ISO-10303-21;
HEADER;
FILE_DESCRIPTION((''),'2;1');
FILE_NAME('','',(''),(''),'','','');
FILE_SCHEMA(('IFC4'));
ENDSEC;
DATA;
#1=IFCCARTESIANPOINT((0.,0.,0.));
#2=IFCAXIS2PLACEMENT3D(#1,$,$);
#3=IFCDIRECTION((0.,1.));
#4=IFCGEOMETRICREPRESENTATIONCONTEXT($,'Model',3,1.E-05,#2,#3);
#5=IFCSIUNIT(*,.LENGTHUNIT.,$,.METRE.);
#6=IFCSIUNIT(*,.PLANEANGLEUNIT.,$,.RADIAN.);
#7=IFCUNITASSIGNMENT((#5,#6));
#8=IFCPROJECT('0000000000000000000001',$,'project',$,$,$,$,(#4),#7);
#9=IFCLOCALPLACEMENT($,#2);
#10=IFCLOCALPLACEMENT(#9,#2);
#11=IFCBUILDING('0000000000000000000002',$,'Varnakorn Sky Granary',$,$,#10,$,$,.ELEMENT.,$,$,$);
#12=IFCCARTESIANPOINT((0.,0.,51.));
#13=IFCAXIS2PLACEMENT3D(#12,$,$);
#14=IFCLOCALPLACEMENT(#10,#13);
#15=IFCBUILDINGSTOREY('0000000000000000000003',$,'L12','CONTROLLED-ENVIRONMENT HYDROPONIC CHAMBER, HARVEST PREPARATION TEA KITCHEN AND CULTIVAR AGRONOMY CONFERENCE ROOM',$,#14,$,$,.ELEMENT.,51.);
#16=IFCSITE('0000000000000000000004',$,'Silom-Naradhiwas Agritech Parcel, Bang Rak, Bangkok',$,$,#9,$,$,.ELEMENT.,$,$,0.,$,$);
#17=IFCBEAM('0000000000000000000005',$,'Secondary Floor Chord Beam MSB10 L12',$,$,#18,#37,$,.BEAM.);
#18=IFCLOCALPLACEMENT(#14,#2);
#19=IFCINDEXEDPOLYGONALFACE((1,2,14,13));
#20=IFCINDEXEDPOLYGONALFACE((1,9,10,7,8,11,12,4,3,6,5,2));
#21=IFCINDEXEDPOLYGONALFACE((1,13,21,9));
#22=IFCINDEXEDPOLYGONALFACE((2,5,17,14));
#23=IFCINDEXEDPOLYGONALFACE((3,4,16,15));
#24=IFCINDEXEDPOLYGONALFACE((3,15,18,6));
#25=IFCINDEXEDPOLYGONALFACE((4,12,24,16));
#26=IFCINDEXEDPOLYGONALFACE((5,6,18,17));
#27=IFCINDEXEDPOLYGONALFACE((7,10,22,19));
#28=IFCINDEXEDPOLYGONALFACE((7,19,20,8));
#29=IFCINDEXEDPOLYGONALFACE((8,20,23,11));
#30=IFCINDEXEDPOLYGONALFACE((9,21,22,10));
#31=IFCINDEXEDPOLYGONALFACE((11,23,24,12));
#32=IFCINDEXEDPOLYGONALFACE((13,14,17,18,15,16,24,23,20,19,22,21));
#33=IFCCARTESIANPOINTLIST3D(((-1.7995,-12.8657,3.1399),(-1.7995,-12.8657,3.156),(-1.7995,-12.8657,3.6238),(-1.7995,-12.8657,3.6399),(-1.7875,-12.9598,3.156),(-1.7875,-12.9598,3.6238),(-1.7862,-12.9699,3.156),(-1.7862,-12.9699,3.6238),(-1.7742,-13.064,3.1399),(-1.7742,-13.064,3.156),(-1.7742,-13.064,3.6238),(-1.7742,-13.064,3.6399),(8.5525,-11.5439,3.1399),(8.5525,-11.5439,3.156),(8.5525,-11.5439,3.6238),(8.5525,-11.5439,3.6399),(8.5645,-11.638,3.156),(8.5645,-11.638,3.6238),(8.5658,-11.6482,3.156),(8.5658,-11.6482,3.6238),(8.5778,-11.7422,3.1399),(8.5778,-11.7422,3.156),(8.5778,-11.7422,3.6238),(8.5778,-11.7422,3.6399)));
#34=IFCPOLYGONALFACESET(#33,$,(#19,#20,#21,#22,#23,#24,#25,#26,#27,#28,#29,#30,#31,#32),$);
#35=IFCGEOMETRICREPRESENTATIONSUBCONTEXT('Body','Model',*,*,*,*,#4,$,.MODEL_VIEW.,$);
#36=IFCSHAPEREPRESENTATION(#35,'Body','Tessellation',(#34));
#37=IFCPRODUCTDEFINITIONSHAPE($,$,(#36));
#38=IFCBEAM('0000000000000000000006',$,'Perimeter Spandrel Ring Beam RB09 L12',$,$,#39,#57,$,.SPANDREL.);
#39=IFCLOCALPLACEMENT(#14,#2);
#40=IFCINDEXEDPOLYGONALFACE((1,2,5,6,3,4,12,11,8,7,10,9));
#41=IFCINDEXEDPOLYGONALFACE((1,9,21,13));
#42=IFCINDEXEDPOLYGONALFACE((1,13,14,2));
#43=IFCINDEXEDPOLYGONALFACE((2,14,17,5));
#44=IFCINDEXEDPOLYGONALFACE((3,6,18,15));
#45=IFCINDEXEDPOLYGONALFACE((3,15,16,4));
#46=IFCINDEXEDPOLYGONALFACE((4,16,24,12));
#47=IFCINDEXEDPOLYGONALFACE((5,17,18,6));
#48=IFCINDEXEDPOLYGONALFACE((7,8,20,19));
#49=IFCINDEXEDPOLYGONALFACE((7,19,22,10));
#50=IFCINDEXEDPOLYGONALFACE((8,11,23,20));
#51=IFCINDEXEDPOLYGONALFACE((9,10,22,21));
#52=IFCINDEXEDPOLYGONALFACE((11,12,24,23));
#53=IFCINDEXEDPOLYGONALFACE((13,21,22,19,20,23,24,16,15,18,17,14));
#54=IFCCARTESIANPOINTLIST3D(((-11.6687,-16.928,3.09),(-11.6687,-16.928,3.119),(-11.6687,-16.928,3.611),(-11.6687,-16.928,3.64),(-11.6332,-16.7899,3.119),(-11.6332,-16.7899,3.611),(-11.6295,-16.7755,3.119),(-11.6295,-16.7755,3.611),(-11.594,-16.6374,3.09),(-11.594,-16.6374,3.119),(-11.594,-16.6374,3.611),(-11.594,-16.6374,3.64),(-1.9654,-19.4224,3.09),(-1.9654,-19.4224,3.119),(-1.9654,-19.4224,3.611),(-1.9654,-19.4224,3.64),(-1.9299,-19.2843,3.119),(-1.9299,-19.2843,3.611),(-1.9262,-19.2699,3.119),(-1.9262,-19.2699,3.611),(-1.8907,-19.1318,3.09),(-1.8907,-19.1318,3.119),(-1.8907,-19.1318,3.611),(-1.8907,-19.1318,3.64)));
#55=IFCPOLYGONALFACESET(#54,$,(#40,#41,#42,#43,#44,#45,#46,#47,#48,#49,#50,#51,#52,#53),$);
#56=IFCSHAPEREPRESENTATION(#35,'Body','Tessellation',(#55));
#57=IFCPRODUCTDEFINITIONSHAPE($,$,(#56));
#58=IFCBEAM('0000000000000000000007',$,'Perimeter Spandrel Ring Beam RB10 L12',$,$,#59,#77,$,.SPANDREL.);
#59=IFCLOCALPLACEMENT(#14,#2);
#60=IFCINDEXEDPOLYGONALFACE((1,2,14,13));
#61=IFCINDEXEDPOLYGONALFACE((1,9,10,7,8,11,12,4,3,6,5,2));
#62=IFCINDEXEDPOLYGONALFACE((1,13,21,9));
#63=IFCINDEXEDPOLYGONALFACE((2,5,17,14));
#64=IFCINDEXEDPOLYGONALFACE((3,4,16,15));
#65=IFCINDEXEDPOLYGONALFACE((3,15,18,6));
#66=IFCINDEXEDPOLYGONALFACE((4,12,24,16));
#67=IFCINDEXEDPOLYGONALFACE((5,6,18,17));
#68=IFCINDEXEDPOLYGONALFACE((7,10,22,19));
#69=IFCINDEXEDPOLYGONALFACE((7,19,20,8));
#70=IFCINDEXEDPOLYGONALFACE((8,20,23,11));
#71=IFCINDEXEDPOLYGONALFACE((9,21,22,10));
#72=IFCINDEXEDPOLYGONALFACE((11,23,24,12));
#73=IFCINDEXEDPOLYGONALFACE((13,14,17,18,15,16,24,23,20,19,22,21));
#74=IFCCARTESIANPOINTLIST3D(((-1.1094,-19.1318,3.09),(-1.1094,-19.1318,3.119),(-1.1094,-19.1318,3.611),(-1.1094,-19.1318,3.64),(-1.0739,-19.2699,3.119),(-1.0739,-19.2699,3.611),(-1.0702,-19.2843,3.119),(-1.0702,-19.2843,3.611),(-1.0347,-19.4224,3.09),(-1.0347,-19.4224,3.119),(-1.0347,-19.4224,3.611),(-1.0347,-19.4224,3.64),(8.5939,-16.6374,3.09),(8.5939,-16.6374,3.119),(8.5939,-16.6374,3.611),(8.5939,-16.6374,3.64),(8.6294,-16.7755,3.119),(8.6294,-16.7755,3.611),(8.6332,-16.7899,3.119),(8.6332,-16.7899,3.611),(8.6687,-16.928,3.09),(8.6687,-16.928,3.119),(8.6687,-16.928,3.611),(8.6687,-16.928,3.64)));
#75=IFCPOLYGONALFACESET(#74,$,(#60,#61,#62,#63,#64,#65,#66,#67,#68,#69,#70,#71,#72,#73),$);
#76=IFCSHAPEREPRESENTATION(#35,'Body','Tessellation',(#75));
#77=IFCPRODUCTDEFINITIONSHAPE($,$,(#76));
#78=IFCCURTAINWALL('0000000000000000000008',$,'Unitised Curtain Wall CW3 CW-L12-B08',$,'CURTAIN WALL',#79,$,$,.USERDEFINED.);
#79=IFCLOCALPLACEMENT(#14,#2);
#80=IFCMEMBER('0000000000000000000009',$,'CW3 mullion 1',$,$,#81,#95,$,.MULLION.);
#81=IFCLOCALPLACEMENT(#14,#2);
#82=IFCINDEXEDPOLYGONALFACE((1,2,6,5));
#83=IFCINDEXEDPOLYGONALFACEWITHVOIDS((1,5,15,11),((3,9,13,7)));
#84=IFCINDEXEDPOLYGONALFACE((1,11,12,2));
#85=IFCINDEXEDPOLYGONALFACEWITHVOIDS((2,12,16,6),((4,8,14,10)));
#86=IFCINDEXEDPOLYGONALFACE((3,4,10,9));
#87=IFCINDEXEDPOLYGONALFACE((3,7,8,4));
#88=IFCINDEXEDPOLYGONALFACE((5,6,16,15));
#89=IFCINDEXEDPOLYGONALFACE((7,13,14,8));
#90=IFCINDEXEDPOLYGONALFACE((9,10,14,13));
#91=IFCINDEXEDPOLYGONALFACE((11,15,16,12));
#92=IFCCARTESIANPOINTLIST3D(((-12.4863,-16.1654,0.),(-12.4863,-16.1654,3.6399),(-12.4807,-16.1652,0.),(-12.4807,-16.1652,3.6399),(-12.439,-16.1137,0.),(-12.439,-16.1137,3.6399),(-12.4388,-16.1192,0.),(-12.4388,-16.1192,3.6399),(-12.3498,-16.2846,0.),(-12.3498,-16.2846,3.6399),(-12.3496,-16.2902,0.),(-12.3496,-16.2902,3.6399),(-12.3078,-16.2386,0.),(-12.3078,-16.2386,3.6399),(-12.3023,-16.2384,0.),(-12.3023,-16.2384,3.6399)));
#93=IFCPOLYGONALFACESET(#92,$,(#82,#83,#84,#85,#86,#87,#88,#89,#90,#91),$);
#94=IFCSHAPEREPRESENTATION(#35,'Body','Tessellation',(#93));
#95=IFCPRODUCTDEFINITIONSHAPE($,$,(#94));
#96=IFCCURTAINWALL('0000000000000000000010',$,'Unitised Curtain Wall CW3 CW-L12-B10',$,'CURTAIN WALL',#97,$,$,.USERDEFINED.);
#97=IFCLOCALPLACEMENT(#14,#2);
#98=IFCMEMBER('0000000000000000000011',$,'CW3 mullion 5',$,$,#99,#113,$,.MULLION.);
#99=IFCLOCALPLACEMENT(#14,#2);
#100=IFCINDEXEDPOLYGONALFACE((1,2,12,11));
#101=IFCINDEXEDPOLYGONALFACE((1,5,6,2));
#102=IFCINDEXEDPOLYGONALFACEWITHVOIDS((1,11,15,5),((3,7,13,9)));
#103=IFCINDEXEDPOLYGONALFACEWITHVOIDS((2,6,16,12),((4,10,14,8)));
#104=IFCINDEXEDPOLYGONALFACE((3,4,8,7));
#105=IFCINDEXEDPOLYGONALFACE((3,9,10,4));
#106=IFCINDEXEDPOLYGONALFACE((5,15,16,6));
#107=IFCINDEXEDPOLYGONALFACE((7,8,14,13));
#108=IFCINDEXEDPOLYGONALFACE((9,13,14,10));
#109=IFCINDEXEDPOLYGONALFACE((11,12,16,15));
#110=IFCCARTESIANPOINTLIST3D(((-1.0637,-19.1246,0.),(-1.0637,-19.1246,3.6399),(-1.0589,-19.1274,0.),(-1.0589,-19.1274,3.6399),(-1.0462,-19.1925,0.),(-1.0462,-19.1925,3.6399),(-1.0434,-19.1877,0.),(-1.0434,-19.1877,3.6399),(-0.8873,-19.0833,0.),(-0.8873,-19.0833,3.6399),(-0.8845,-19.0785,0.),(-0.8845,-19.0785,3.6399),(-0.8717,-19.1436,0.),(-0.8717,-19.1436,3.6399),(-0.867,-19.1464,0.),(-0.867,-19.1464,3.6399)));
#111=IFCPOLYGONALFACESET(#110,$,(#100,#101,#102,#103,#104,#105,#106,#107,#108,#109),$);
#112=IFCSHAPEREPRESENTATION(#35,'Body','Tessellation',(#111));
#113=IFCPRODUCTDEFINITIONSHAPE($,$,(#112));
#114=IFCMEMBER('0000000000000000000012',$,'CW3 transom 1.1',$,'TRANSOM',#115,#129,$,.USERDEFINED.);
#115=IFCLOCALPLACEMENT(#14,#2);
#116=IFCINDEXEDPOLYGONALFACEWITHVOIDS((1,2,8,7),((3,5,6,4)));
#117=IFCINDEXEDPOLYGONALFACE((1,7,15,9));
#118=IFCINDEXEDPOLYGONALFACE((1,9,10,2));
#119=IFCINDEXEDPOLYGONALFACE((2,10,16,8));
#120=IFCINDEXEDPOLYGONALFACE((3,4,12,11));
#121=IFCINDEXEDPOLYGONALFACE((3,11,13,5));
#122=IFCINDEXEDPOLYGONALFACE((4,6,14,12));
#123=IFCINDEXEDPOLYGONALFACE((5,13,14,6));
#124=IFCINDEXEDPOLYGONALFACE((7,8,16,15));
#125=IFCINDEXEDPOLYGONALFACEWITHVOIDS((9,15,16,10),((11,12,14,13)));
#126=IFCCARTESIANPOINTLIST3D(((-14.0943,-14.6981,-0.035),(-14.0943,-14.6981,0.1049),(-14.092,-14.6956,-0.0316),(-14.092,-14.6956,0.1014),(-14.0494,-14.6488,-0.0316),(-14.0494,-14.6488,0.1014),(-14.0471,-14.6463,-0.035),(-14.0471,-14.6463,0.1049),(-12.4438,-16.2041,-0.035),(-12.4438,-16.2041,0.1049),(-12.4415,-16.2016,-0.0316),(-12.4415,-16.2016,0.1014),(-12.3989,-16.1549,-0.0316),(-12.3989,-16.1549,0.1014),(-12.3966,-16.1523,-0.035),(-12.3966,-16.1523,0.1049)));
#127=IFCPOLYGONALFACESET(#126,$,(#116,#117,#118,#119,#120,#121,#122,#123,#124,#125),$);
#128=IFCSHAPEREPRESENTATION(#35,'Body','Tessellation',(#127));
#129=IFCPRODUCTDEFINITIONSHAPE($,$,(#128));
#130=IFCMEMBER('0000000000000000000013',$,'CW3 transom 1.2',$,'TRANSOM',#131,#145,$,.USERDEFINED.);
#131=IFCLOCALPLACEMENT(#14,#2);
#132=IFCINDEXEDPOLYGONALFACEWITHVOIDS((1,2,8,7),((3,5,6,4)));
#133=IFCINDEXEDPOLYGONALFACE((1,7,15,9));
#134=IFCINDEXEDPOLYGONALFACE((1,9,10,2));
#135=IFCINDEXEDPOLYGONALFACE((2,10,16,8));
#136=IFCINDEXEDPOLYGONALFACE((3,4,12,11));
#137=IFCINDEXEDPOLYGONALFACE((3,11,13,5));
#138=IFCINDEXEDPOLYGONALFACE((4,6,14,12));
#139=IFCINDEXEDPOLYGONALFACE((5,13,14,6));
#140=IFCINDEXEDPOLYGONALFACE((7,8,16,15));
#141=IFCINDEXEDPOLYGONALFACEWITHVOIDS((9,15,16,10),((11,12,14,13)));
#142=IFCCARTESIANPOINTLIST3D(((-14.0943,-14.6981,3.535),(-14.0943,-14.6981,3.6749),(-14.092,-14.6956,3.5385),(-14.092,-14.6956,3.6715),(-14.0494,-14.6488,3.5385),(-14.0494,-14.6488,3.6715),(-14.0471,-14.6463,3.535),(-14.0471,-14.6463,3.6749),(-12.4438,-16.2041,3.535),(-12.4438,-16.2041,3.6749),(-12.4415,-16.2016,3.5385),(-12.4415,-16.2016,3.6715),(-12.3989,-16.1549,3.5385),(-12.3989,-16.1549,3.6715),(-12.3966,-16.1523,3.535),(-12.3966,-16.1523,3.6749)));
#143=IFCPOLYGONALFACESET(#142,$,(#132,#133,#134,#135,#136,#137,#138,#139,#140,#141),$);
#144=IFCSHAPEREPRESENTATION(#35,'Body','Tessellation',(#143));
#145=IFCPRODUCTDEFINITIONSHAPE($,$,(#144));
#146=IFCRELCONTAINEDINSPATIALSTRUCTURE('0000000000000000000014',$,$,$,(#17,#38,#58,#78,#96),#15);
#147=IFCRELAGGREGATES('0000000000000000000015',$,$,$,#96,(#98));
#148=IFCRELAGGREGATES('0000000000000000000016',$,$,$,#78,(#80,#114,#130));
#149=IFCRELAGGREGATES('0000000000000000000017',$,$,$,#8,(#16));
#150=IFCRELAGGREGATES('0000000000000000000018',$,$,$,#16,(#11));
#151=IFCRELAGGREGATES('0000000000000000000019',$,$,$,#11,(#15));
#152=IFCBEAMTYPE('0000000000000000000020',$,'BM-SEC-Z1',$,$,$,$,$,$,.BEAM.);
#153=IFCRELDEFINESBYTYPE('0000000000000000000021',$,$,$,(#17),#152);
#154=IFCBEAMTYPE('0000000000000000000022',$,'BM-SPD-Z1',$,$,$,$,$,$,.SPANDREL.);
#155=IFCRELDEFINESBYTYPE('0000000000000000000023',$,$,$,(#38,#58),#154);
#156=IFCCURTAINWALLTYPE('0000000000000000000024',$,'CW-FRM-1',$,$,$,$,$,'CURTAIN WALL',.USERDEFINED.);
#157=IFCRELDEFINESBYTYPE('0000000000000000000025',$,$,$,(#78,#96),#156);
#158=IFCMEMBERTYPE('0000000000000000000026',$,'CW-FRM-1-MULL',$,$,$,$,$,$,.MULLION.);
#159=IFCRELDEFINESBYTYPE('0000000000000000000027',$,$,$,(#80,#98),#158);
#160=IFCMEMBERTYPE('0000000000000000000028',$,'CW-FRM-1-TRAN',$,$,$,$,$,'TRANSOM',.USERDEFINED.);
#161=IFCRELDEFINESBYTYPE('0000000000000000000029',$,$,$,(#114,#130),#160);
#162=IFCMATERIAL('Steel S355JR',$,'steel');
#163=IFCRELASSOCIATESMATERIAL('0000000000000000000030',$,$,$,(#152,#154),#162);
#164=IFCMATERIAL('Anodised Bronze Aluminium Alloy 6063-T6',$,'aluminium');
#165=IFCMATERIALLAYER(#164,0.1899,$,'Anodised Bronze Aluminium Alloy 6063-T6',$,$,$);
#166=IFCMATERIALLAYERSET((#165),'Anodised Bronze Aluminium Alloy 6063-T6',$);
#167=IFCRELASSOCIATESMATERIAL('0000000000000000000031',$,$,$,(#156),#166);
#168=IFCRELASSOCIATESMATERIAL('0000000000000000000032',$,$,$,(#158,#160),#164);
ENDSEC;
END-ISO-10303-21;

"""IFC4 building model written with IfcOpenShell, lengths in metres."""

from ifc_helpers import new_model, si_unit, direction, frame, origin, origin_2d, place, context, subcontext, project, spatial, hollow_rectangle, i_section, extrude, material, layer, layer_set, material_profile, profile_set, type_object, element, aggregate, save


model = new_model("IFC4")

# Units and contexts
model_context = context("Model", 3, precision=1e-05, world=origin(), true_north=direction((0.0, 1.0)))
body_context = subcontext(model_context, "Body", "Model", "MODEL_VIEW")
ifc_project = project(units=[si_unit("LENGTHUNIT", "METRE"), si_unit("PLANEANGLEUNIT", "RADIAN")], contexts=[model_context])

# Site, building, storey
site_placement = place(None, origin())
site = spatial("IfcSite", under=ifc_project, at=site_placement, Name="Silom-Naradhiwas Agritech Parcel, Bang Rak, Bangkok", CompositionType="ELEMENT", RefElevation=0.0)
building_placement = place(site_placement, origin())
building = spatial("IfcBuilding", under=site, at=building_placement, Name="Varnakorn Sky Granary", CompositionType="ELEMENT")
storey_placement = place(building_placement, frame((0.0, 0.0, 51.0)))
storey = spatial("IfcBuildingStorey", under=building, at=storey_placement, Name="L12", Description="CONTROLLED-ENVIRONMENT HYDROPONIC CHAMBER, HARVEST PREPARATION TEA KITCHEN AND CULTIVAR AGRONOMY CONFERENCE ROOM", CompositionType="ELEMENT", Elevation=51.0)

# Beams
ifc_material_1 = material(Name="Steel S355JR", Category="steel")
ifc_material_profile_1 = material_profile(ifc_material_1, i_section(OverallWidth=0.2, OverallDepth=0.5, WebThickness=0.0103, FlangeThickness=0.0161, at=origin_2d()), Name="IPE 500")
ifc_profile_set_1 = profile_set([ifc_material_profile_1], Name="Steel S355JR")
beam_type_1 = type_object("IfcBeamType", Name="BM-SEC-Z1", PredefinedType="BEAM", material=ifc_profile_set_1)
beam_1_placement = place(storey_placement, frame((-1.7869, -12.9648, 3.3899), z_axis=(0.991947, 0.126654, 0.0), x_axis=(-0.126654, 0.991947, 0.0)))
element("IfcBeam", 1, at=beam_1_placement, inside=storey, type_object=beam_type_1, Name="Secondary Floor Chord Beam MSB10 L12", PredefinedType="BEAM", context=body_context, shape_type="SweptSolid", body=[
    extrude(i_section(OverallWidth=0.2, OverallDepth=0.5, WebThickness=0.0103, FlangeThickness=0.0161, at=origin_2d()), origin(), (0.0, 0.0, 1.0), 10.436),
])
ifc_material_profile_2 = material_profile(ifc_material_1, i_section(OverallWidth=0.3, OverallDepth=0.55, WebThickness=0.0149, FlangeThickness=0.0291, at=origin_2d()), Name="HE 550 B")
ifc_profile_set_2 = profile_set([ifc_material_profile_2], Name="Steel S355JR")
beam_type_2 = type_object("IfcBeamType", Name="BM-SPD-Z1", PredefinedType="SPANDREL", material=ifc_profile_set_2)
for number, where, z_axis, x_axis, name in (
    (2, (-11.6313, -16.7827, 3.365), (0.968511, -0.248969, 0.0), (0.248969, 0.968511, 0.0), "Perimeter Spandrel Ring Beam RB09 L12"),
    (3, (-1.072, -19.2771, 3.365), (0.968511, 0.248969, 0.0), (-0.248969, 0.968511, 0.0), "Perimeter Spandrel Ring Beam RB10 L12"),
):
    element("IfcBeam", number, at=place(storey_placement, frame(where, z_axis=z_axis, x_axis=x_axis)), inside=storey, type_object=beam_type_2, Name=name, PredefinedType="SPANDREL", context=body_context, shape_type="SweptSolid", body=[
        extrude(i_section(OverallWidth=0.3, OverallDepth=0.55, WebThickness=0.0149, FlangeThickness=0.0291, at=origin_2d()), origin(), (0.0, 0.0, 1.0), 10.0188),
    ])

# Curtain walls, members
ifc_material_2 = material(Name="Anodised Bronze Aluminium Alloy 6063-T6", Category="aluminium")
ifc_layer_1 = layer(ifc_material_2, 0.1899, Name="Anodised Bronze Aluminium Alloy 6063-T6")
ifc_layer_set_1 = layer_set([ifc_layer_1], Name="Anodised Bronze Aluminium Alloy 6063-T6")
curtain_wall_type = type_object("IfcCurtainWallType", Name="CW-FRM-1", ElementType="CURTAIN WALL", PredefinedType="USERDEFINED", material=ifc_layer_set_1)
curtain_wall_1_placement = place(storey_placement, origin())
curtain_wall_1 = element("IfcCurtainWall", 4, at=curtain_wall_1_placement, inside=storey, type_object=curtain_wall_type, Name="Unitised Curtain Wall CW3 CW-L12-B08", ObjectType="CURTAIN WALL", PredefinedType="USERDEFINED")
ifc_material_profile_3 = material_profile(ifc_material_2, hollow_rectangle(XDim=0.0701, YDim=0.1851, WallThickness=0.0039, at=origin_2d()), Name="ALU MULL 70x185")
ifc_profile_set_3 = profile_set([ifc_material_profile_3], Name="Anodised Bronze Aluminium Alloy 6063-T6")
member_type_1 = type_object("IfcMemberType", Name="CW-FRM-1-MULL", PredefinedType="MULLION", material=ifc_profile_set_3)
member_1_placement = place(storey_placement, frame((-12.3943, -16.2019, 0.0), z_axis=(0.0, 0.0, 1.0), x_axis=(-0.674049, -0.738686, 0.0)))
member_1 = element("IfcMember", 5, at=member_1_placement, type_object=member_type_1, Name="CW3 mullion 1", PredefinedType="MULLION", context=body_context, shape_type="SweptSolid", body=[
    extrude(hollow_rectangle(XDim=0.0701, YDim=0.1851, WallThickness=0.0039, at=origin_2d()), origin(), (0.0, 0.0, 1.0), 3.6399),
])
curtain_wall_2_placement = place(storey_placement, origin())
curtain_wall_2 = element("IfcCurtainWall", 6, at=curtain_wall_2_placement, inside=storey, type_object=curtain_wall_type, Name="Unitised Curtain Wall CW3 CW-L12-B10", ObjectType="CURTAIN WALL", PredefinedType="USERDEFINED")
member_2_placement = place(storey_placement, frame((-0.9653, -19.1355, 0.0), z_axis=(0.0, 0.0, 1.0), x_axis=(0.249249, -0.968439, 0.0)))
member_2 = element("IfcMember", 7, at=member_2_placement, type_object=member_type_1, Name="CW3 mullion 5", PredefinedType="MULLION", context=body_context, shape_type="SweptSolid", body=[
    extrude(hollow_rectangle(XDim=0.0701, YDim=0.1851, WallThickness=0.0039, at=origin_2d()), origin(), (0.0, 0.0, 1.0), 3.6399),
])
aggregate(curtain_wall_2, [member_2])

# Members
ifc_material_profile_4 = material_profile(ifc_material_2, hollow_rectangle(XDim=0.0701, YDim=0.1399, WallThickness=0.0034, at=origin_2d()), Name="ALU TRAN 70x140")
ifc_profile_set_4 = profile_set([ifc_material_profile_4], Name="Anodised Bronze Aluminium Alloy 6063-T6")
member_type_2 = type_object("IfcMemberType", Name="CW-FRM-1-TRAN", ElementType="TRANSOM", PredefinedType="USERDEFINED", material=ifc_profile_set_4)
member_3_placement = place(storey_placement, frame((-12.4202, -16.1782, 0.0349), z_axis=(-0.738708, 0.674026, 0.0), x_axis=(-0.674026, -0.738708, 0.0)))
member_3 = element("IfcMember", 8, at=member_3_placement, type_object=member_type_2, Name="CW3 transom 1.1", ObjectType="TRANSOM", PredefinedType="USERDEFINED", context=body_context, shape_type="SweptSolid", body=[
    extrude(hollow_rectangle(XDim=0.0701, YDim=0.1399, WallThickness=0.0034, at=origin_2d()), origin(), (0.0, 0.0, 1.0), 2.2344),
])
member_4_placement = place(storey_placement, frame((-12.4202, -16.1782, 3.605), z_axis=(-0.738708, 0.674026, 0.0), x_axis=(-0.674026, -0.738708, 0.0)))
member_4 = element("IfcMember", 9, at=member_4_placement, type_object=member_type_2, Name="CW3 transom 1.2", ObjectType="TRANSOM", PredefinedType="USERDEFINED", context=body_context, shape_type="SweptSolid", body=[
    extrude(hollow_rectangle(XDim=0.0701, YDim=0.1399, WallThickness=0.0034, at=origin_2d()), origin(), (0.0, 0.0, 1.0), 2.2344),
])
aggregate(curtain_wall_1, [member_1, member_3, member_4])

save(model, "model.ifc")
